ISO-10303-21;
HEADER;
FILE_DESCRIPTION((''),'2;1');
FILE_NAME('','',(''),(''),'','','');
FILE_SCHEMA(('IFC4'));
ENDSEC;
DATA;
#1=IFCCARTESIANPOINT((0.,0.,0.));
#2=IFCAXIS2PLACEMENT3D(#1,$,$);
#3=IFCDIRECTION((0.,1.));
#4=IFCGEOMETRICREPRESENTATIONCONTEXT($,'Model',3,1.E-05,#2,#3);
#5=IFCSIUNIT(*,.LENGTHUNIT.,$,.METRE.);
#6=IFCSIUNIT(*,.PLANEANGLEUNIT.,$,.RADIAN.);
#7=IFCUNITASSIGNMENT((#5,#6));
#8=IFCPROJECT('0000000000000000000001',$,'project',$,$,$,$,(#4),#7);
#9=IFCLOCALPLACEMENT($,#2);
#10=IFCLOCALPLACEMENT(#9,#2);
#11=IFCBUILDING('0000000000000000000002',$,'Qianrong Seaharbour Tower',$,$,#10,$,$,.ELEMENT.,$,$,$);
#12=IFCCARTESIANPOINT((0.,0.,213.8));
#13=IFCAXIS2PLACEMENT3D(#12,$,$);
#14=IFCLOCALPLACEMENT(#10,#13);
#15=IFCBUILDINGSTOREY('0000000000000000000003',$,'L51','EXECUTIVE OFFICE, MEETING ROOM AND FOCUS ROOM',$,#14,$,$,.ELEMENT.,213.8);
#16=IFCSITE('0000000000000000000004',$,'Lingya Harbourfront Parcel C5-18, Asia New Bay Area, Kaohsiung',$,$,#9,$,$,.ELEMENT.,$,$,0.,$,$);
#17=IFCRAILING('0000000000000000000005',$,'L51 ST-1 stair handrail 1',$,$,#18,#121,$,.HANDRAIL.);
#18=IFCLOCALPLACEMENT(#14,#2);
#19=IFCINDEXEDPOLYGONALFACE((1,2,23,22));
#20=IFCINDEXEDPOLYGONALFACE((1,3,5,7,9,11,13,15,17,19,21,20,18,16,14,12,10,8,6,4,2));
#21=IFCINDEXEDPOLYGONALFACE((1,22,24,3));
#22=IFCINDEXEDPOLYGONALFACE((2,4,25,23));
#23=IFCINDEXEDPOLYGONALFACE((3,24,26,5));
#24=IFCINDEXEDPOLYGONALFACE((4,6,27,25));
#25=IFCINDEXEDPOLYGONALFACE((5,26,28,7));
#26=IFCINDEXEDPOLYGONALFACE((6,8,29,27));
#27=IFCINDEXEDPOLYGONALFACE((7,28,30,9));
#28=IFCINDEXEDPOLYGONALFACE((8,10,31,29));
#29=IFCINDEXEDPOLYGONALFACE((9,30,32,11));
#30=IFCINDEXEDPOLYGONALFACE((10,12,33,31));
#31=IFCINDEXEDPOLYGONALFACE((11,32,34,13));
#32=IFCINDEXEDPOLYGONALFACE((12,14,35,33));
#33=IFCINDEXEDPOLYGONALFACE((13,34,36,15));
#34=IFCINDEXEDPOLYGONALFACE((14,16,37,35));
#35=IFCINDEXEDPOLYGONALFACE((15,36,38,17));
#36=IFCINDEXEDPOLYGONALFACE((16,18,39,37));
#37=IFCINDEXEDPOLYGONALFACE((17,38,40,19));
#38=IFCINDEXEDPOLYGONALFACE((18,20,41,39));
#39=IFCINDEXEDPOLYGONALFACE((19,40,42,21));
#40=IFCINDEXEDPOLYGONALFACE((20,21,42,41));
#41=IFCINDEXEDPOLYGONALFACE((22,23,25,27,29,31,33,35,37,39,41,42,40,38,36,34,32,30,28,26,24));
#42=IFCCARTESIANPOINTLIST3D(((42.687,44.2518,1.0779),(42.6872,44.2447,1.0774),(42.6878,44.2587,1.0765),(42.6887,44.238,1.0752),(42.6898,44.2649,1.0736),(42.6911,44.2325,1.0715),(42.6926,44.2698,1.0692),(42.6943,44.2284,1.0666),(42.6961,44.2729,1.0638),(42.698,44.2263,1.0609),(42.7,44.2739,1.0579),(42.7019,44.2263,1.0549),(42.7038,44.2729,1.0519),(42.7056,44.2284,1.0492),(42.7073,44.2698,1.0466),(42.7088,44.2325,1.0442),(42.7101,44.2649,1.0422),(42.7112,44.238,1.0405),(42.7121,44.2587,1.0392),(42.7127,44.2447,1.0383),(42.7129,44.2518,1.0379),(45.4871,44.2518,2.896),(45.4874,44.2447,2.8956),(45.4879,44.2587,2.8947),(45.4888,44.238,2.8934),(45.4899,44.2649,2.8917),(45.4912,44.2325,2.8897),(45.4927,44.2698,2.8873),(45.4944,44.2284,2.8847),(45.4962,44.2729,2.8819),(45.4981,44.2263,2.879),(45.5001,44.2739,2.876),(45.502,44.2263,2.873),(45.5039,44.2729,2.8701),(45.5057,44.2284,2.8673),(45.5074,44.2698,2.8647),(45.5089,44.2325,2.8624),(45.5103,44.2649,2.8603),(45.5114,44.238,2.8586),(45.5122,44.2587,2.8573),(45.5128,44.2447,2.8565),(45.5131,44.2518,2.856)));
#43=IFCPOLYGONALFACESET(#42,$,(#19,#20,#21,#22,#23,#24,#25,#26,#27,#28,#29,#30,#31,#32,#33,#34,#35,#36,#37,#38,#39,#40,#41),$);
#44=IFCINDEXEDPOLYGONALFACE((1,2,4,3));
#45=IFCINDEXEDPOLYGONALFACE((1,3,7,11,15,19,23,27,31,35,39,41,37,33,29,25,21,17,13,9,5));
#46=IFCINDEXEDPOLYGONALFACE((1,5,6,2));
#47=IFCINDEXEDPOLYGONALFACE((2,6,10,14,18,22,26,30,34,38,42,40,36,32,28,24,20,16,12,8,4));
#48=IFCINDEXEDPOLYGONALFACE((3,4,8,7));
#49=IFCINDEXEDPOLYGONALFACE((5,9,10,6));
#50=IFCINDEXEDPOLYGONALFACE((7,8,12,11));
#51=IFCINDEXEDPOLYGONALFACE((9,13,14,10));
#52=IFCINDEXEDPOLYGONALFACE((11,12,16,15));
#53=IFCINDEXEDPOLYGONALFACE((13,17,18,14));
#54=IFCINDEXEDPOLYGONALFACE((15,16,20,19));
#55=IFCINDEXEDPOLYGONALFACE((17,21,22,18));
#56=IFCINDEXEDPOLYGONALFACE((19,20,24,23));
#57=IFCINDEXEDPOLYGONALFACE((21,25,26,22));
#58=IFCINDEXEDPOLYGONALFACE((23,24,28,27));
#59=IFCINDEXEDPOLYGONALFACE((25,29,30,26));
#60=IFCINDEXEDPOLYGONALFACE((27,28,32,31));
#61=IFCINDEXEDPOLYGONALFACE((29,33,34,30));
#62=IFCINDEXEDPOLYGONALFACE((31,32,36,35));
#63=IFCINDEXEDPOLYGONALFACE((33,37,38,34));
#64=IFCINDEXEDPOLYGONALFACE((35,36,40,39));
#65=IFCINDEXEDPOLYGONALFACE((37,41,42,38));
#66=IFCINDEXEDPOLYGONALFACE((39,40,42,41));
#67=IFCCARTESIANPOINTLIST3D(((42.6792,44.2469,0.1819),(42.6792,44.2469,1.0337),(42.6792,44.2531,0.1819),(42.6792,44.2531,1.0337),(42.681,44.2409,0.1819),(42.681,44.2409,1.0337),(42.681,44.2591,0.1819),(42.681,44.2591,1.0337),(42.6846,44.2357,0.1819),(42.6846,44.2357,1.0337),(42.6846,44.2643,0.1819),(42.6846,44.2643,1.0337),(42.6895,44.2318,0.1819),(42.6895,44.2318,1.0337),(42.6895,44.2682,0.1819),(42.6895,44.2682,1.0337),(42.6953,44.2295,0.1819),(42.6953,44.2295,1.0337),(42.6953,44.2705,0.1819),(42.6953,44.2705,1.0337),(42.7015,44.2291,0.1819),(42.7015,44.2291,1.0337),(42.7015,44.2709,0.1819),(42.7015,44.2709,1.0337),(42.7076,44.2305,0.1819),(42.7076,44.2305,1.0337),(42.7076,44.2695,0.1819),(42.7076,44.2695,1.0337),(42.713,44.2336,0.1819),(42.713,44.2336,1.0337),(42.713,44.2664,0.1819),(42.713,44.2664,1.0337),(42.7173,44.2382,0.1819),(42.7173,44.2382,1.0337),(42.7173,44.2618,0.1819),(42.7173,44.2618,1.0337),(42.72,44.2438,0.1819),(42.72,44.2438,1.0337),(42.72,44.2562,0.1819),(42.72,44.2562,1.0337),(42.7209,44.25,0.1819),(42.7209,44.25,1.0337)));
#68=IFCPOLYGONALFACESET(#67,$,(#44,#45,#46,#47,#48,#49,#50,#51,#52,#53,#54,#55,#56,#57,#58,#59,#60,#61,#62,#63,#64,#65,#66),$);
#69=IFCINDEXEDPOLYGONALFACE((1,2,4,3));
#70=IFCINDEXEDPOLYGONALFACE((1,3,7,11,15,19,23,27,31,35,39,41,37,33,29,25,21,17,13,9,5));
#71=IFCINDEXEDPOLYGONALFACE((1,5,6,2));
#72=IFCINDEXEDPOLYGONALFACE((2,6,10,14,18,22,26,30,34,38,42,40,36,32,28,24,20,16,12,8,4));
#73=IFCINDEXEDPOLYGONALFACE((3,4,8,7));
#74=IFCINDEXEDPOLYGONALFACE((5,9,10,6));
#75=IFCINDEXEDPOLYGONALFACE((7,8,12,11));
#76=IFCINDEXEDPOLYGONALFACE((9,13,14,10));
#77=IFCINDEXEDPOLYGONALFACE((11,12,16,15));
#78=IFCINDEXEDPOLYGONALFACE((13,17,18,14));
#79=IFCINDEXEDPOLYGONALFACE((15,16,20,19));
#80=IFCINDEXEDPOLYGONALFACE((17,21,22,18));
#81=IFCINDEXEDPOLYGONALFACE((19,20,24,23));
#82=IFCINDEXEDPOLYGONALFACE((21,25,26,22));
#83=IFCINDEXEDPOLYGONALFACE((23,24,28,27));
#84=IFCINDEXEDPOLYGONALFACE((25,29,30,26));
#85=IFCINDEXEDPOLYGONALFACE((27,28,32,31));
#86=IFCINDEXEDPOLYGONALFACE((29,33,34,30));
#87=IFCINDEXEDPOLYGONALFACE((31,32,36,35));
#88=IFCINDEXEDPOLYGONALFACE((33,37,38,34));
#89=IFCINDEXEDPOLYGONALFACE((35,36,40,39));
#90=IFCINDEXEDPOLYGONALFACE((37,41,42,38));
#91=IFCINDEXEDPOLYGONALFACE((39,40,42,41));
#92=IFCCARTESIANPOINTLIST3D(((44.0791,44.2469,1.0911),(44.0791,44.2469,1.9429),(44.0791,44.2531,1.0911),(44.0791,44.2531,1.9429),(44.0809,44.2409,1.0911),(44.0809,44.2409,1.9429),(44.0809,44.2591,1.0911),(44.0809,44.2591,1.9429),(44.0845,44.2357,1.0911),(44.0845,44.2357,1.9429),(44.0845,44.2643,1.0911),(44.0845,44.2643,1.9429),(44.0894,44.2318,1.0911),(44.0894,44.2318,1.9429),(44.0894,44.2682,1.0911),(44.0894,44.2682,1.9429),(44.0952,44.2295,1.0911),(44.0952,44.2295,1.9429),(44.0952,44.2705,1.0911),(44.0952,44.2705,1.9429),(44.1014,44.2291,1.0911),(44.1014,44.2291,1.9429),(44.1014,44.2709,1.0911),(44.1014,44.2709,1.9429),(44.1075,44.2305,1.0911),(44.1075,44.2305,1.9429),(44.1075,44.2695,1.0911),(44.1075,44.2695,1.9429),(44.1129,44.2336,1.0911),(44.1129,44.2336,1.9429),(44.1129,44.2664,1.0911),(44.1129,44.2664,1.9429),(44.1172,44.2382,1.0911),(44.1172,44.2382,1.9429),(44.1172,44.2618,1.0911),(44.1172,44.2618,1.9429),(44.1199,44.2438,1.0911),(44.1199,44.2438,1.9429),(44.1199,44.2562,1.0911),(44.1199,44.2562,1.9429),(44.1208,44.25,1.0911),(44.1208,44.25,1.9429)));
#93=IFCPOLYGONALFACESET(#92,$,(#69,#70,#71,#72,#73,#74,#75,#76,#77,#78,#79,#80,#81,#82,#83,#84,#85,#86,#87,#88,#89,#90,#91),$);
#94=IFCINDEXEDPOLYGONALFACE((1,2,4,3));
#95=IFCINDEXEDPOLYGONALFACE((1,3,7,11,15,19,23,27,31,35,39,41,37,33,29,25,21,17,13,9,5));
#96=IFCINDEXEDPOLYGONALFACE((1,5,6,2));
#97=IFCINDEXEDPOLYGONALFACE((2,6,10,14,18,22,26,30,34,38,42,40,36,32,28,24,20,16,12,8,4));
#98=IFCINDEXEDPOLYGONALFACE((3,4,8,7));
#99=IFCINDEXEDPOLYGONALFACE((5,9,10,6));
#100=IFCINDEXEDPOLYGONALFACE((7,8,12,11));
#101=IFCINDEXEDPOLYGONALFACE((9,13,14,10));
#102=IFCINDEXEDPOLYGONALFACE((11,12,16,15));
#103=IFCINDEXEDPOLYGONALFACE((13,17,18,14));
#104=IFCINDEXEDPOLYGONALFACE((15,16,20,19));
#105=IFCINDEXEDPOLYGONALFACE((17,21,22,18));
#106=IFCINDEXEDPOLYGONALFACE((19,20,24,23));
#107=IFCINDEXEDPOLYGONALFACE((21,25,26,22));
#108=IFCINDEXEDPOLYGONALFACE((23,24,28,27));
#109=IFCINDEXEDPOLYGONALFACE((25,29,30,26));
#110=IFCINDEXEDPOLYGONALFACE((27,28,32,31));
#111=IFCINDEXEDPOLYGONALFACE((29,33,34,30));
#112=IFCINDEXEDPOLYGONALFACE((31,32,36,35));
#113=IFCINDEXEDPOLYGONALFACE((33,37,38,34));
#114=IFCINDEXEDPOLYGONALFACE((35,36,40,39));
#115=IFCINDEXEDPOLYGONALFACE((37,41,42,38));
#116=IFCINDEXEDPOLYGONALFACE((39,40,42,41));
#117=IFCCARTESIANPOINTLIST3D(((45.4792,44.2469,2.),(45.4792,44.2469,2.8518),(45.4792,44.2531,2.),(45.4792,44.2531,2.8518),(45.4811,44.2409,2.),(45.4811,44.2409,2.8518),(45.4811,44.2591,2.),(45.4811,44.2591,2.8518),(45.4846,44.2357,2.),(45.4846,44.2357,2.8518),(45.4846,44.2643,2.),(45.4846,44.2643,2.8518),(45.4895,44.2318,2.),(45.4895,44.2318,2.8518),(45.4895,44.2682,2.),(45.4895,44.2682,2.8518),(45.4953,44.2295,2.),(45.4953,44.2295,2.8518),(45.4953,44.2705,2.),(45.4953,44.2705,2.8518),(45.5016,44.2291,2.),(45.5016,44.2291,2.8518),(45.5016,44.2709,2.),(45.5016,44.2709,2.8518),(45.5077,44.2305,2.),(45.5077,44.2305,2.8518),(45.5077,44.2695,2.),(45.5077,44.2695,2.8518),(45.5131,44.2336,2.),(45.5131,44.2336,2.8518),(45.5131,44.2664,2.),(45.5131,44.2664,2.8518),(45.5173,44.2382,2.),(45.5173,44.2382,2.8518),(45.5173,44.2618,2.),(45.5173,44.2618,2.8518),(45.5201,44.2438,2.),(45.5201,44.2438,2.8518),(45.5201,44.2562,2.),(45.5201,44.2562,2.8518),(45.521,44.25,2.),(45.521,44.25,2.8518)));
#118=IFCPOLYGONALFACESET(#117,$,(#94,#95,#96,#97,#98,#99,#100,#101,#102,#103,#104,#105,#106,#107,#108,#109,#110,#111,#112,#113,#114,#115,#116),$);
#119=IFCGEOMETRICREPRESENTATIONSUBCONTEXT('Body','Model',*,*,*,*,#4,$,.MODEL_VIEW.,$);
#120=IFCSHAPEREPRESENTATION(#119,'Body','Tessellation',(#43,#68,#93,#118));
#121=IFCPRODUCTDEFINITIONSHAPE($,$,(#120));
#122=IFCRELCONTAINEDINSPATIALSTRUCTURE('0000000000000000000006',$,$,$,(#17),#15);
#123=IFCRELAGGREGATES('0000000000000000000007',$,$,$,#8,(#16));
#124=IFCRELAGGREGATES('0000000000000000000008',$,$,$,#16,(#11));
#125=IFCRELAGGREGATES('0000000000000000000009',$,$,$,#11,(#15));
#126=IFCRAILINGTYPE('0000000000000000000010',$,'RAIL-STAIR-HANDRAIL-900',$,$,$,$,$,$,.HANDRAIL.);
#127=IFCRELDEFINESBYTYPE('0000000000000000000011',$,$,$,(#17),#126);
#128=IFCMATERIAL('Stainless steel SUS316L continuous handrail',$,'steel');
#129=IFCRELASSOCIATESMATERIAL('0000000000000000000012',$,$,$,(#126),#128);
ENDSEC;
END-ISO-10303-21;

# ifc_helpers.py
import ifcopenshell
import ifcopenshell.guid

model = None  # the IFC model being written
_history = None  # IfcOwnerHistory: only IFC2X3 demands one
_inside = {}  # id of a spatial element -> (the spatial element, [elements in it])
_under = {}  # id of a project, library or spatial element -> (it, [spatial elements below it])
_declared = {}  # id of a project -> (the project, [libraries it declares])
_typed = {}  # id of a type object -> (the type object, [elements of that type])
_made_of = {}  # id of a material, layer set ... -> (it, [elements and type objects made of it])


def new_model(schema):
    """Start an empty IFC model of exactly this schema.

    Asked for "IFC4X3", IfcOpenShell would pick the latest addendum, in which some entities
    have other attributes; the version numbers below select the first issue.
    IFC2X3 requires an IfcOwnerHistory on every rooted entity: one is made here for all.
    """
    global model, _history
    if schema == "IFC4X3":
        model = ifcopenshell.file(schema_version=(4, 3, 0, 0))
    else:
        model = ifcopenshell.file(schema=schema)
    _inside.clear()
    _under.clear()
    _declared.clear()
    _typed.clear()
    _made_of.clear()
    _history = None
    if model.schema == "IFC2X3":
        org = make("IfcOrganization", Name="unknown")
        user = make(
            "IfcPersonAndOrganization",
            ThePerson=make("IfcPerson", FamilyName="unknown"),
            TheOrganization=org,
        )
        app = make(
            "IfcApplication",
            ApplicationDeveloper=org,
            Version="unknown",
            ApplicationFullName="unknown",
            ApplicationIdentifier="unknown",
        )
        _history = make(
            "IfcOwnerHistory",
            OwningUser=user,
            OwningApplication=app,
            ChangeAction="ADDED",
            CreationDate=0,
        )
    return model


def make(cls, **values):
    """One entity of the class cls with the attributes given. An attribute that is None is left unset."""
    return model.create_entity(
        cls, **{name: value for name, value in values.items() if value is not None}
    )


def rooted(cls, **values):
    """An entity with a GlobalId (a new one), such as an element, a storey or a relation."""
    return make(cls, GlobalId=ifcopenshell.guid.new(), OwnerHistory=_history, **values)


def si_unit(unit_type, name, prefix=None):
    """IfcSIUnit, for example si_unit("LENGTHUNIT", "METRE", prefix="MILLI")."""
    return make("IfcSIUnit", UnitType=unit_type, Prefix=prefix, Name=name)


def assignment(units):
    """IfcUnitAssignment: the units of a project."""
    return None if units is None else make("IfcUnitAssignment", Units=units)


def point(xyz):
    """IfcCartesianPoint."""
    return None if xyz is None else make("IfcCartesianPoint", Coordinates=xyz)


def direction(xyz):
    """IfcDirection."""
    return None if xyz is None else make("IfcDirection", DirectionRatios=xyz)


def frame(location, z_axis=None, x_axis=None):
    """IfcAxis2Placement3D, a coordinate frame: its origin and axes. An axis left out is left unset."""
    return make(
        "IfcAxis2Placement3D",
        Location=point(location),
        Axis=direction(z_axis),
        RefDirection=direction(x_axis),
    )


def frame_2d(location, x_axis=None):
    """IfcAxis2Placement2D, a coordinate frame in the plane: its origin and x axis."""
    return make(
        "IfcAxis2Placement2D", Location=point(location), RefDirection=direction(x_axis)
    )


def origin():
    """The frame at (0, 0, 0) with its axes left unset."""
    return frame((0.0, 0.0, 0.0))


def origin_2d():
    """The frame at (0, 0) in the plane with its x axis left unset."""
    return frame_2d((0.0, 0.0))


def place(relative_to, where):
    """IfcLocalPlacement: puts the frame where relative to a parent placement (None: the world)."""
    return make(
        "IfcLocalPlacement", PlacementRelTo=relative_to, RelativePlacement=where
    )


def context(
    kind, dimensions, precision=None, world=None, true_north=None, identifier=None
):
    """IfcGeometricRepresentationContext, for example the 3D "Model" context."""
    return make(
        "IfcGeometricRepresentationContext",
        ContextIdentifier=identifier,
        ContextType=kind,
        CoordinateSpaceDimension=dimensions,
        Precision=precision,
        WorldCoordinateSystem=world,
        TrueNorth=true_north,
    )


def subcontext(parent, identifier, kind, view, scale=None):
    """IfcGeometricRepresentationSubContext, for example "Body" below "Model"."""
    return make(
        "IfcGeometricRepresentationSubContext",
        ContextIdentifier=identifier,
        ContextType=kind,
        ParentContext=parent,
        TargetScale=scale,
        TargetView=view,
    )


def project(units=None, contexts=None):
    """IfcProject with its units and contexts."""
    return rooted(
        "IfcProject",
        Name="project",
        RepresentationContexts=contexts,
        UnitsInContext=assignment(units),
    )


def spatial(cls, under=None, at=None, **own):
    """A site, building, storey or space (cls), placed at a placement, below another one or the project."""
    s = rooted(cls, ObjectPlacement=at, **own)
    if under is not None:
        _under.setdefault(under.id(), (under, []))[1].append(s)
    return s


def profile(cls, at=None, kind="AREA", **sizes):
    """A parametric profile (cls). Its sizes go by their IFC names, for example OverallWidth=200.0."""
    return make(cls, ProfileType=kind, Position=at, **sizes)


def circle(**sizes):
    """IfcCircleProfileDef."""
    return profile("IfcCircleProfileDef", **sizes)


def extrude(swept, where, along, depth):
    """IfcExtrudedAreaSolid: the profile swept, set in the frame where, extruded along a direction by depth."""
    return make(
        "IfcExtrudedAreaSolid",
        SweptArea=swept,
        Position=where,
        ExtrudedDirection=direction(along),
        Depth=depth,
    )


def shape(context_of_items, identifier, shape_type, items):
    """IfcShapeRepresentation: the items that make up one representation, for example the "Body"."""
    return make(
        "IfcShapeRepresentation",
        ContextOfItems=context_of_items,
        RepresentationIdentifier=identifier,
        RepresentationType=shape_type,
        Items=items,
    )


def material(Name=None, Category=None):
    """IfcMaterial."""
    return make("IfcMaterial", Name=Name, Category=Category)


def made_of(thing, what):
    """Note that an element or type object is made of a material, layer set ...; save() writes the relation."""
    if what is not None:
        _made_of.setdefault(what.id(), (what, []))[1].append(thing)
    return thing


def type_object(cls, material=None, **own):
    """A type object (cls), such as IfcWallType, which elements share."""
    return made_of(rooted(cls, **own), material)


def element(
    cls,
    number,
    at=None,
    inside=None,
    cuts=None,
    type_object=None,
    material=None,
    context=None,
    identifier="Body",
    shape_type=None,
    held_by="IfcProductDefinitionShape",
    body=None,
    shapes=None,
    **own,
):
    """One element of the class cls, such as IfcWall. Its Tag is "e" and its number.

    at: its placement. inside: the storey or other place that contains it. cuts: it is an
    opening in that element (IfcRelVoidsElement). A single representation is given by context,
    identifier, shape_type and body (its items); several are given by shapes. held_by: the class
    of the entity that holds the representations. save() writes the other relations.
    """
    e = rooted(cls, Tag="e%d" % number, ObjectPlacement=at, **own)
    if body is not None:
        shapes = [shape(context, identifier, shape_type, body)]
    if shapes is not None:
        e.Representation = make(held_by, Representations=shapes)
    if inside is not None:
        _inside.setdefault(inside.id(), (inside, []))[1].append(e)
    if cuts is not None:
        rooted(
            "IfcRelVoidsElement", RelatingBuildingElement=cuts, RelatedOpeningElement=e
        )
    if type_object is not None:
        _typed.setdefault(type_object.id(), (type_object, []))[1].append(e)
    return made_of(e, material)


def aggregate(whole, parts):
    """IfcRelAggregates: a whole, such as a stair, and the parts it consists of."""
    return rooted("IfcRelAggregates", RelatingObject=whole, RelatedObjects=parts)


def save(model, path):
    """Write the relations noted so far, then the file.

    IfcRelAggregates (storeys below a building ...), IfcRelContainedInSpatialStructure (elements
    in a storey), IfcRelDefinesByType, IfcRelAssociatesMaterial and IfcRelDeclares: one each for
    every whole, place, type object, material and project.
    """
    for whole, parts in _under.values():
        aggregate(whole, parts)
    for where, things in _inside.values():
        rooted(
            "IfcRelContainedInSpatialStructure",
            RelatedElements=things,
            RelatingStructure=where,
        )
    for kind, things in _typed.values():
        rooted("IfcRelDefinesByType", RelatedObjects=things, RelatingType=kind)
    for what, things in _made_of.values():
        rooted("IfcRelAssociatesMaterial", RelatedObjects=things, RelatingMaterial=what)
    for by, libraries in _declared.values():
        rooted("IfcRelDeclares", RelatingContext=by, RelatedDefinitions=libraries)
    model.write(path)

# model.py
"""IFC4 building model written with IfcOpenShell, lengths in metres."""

from ifc_helpers import new_model, si_unit, direction, frame, origin, origin_2d, place, context, subcontext, project, spatial, circle, extrude, material, type_object, element, save


model = new_model("IFC4")

# Units and contexts
model_context = context("Model", 3, precision=1e-05, world=origin(), true_north=direction((0.0, 1.0)))
body_context = subcontext(model_context, "Body", "Model", "MODEL_VIEW")
ifc_project = project(units=[si_unit("LENGTHUNIT", "METRE"), si_unit("PLANEANGLEUNIT", "RADIAN")], contexts=[model_context])

# Site, building, storey
site_placement = place(None, origin())
site = spatial("IfcSite", under=ifc_project, at=site_placement, Name="Lingya Harbourfront Parcel C5-18, Asia New Bay Area, Kaohsiung", CompositionType="ELEMENT", RefElevation=0.0)
building_placement = place(site_placement, origin())
building = spatial("IfcBuilding", under=site, at=building_placement, Name="Qianrong Seaharbour Tower", CompositionType="ELEMENT")
storey_placement = place(building_placement, frame((0.0, 0.0, 213.8)))
storey = spatial("IfcBuildingStorey", under=building, at=storey_placement, Name="L51", Description="EXECUTIVE OFFICE, MEETING ROOM AND FOCUS ROOM", CompositionType="ELEMENT", Elevation=213.8)

# Railing
ifc_material_1 = material(Name="Stainless steel SUS316L continuous handrail", Category="steel")
railing_type_1 = type_object("IfcRailingType", Name="RAIL-STAIR-HANDRAIL-900", PredefinedType="HANDRAIL", material=ifc_material_1)
railing_1_placement = place(storey_placement, frame((42.7, 44.25, 0.1819)))
element("IfcRailing", 1, at=railing_1_placement, inside=storey, type_object=railing_type_1, Name="L51 ST-1 stair handrail 1", PredefinedType="HANDRAIL", context=body_context, shape_type="SweptSolid", body=[
    extrude(circle(Radius=0.0239, at=origin_2d()), frame((0.0, 0.0, 0.876), z_axis=(0.838706, 0.0, 0.544585), x_axis=(0.0, 1.0, 0.0)), (0.0, 0.0, 1.0), 3.3386),
    extrude(circle(Radius=0.021, at=origin_2d()), origin(), (0.0, 0.0, 1.0), 0.8518),
    extrude(circle(Radius=0.021, at=origin_2d()), frame((1.3999, 0.0, 0.9092)), (0.0, 0.0, 1.0), 0.8518),
    extrude(circle(Radius=0.021, at=origin_2d()), frame((2.8, 0.0, 1.8181)), (0.0, 0.0, 1.0), 0.8518),
])

save(model, "model.ifc")
